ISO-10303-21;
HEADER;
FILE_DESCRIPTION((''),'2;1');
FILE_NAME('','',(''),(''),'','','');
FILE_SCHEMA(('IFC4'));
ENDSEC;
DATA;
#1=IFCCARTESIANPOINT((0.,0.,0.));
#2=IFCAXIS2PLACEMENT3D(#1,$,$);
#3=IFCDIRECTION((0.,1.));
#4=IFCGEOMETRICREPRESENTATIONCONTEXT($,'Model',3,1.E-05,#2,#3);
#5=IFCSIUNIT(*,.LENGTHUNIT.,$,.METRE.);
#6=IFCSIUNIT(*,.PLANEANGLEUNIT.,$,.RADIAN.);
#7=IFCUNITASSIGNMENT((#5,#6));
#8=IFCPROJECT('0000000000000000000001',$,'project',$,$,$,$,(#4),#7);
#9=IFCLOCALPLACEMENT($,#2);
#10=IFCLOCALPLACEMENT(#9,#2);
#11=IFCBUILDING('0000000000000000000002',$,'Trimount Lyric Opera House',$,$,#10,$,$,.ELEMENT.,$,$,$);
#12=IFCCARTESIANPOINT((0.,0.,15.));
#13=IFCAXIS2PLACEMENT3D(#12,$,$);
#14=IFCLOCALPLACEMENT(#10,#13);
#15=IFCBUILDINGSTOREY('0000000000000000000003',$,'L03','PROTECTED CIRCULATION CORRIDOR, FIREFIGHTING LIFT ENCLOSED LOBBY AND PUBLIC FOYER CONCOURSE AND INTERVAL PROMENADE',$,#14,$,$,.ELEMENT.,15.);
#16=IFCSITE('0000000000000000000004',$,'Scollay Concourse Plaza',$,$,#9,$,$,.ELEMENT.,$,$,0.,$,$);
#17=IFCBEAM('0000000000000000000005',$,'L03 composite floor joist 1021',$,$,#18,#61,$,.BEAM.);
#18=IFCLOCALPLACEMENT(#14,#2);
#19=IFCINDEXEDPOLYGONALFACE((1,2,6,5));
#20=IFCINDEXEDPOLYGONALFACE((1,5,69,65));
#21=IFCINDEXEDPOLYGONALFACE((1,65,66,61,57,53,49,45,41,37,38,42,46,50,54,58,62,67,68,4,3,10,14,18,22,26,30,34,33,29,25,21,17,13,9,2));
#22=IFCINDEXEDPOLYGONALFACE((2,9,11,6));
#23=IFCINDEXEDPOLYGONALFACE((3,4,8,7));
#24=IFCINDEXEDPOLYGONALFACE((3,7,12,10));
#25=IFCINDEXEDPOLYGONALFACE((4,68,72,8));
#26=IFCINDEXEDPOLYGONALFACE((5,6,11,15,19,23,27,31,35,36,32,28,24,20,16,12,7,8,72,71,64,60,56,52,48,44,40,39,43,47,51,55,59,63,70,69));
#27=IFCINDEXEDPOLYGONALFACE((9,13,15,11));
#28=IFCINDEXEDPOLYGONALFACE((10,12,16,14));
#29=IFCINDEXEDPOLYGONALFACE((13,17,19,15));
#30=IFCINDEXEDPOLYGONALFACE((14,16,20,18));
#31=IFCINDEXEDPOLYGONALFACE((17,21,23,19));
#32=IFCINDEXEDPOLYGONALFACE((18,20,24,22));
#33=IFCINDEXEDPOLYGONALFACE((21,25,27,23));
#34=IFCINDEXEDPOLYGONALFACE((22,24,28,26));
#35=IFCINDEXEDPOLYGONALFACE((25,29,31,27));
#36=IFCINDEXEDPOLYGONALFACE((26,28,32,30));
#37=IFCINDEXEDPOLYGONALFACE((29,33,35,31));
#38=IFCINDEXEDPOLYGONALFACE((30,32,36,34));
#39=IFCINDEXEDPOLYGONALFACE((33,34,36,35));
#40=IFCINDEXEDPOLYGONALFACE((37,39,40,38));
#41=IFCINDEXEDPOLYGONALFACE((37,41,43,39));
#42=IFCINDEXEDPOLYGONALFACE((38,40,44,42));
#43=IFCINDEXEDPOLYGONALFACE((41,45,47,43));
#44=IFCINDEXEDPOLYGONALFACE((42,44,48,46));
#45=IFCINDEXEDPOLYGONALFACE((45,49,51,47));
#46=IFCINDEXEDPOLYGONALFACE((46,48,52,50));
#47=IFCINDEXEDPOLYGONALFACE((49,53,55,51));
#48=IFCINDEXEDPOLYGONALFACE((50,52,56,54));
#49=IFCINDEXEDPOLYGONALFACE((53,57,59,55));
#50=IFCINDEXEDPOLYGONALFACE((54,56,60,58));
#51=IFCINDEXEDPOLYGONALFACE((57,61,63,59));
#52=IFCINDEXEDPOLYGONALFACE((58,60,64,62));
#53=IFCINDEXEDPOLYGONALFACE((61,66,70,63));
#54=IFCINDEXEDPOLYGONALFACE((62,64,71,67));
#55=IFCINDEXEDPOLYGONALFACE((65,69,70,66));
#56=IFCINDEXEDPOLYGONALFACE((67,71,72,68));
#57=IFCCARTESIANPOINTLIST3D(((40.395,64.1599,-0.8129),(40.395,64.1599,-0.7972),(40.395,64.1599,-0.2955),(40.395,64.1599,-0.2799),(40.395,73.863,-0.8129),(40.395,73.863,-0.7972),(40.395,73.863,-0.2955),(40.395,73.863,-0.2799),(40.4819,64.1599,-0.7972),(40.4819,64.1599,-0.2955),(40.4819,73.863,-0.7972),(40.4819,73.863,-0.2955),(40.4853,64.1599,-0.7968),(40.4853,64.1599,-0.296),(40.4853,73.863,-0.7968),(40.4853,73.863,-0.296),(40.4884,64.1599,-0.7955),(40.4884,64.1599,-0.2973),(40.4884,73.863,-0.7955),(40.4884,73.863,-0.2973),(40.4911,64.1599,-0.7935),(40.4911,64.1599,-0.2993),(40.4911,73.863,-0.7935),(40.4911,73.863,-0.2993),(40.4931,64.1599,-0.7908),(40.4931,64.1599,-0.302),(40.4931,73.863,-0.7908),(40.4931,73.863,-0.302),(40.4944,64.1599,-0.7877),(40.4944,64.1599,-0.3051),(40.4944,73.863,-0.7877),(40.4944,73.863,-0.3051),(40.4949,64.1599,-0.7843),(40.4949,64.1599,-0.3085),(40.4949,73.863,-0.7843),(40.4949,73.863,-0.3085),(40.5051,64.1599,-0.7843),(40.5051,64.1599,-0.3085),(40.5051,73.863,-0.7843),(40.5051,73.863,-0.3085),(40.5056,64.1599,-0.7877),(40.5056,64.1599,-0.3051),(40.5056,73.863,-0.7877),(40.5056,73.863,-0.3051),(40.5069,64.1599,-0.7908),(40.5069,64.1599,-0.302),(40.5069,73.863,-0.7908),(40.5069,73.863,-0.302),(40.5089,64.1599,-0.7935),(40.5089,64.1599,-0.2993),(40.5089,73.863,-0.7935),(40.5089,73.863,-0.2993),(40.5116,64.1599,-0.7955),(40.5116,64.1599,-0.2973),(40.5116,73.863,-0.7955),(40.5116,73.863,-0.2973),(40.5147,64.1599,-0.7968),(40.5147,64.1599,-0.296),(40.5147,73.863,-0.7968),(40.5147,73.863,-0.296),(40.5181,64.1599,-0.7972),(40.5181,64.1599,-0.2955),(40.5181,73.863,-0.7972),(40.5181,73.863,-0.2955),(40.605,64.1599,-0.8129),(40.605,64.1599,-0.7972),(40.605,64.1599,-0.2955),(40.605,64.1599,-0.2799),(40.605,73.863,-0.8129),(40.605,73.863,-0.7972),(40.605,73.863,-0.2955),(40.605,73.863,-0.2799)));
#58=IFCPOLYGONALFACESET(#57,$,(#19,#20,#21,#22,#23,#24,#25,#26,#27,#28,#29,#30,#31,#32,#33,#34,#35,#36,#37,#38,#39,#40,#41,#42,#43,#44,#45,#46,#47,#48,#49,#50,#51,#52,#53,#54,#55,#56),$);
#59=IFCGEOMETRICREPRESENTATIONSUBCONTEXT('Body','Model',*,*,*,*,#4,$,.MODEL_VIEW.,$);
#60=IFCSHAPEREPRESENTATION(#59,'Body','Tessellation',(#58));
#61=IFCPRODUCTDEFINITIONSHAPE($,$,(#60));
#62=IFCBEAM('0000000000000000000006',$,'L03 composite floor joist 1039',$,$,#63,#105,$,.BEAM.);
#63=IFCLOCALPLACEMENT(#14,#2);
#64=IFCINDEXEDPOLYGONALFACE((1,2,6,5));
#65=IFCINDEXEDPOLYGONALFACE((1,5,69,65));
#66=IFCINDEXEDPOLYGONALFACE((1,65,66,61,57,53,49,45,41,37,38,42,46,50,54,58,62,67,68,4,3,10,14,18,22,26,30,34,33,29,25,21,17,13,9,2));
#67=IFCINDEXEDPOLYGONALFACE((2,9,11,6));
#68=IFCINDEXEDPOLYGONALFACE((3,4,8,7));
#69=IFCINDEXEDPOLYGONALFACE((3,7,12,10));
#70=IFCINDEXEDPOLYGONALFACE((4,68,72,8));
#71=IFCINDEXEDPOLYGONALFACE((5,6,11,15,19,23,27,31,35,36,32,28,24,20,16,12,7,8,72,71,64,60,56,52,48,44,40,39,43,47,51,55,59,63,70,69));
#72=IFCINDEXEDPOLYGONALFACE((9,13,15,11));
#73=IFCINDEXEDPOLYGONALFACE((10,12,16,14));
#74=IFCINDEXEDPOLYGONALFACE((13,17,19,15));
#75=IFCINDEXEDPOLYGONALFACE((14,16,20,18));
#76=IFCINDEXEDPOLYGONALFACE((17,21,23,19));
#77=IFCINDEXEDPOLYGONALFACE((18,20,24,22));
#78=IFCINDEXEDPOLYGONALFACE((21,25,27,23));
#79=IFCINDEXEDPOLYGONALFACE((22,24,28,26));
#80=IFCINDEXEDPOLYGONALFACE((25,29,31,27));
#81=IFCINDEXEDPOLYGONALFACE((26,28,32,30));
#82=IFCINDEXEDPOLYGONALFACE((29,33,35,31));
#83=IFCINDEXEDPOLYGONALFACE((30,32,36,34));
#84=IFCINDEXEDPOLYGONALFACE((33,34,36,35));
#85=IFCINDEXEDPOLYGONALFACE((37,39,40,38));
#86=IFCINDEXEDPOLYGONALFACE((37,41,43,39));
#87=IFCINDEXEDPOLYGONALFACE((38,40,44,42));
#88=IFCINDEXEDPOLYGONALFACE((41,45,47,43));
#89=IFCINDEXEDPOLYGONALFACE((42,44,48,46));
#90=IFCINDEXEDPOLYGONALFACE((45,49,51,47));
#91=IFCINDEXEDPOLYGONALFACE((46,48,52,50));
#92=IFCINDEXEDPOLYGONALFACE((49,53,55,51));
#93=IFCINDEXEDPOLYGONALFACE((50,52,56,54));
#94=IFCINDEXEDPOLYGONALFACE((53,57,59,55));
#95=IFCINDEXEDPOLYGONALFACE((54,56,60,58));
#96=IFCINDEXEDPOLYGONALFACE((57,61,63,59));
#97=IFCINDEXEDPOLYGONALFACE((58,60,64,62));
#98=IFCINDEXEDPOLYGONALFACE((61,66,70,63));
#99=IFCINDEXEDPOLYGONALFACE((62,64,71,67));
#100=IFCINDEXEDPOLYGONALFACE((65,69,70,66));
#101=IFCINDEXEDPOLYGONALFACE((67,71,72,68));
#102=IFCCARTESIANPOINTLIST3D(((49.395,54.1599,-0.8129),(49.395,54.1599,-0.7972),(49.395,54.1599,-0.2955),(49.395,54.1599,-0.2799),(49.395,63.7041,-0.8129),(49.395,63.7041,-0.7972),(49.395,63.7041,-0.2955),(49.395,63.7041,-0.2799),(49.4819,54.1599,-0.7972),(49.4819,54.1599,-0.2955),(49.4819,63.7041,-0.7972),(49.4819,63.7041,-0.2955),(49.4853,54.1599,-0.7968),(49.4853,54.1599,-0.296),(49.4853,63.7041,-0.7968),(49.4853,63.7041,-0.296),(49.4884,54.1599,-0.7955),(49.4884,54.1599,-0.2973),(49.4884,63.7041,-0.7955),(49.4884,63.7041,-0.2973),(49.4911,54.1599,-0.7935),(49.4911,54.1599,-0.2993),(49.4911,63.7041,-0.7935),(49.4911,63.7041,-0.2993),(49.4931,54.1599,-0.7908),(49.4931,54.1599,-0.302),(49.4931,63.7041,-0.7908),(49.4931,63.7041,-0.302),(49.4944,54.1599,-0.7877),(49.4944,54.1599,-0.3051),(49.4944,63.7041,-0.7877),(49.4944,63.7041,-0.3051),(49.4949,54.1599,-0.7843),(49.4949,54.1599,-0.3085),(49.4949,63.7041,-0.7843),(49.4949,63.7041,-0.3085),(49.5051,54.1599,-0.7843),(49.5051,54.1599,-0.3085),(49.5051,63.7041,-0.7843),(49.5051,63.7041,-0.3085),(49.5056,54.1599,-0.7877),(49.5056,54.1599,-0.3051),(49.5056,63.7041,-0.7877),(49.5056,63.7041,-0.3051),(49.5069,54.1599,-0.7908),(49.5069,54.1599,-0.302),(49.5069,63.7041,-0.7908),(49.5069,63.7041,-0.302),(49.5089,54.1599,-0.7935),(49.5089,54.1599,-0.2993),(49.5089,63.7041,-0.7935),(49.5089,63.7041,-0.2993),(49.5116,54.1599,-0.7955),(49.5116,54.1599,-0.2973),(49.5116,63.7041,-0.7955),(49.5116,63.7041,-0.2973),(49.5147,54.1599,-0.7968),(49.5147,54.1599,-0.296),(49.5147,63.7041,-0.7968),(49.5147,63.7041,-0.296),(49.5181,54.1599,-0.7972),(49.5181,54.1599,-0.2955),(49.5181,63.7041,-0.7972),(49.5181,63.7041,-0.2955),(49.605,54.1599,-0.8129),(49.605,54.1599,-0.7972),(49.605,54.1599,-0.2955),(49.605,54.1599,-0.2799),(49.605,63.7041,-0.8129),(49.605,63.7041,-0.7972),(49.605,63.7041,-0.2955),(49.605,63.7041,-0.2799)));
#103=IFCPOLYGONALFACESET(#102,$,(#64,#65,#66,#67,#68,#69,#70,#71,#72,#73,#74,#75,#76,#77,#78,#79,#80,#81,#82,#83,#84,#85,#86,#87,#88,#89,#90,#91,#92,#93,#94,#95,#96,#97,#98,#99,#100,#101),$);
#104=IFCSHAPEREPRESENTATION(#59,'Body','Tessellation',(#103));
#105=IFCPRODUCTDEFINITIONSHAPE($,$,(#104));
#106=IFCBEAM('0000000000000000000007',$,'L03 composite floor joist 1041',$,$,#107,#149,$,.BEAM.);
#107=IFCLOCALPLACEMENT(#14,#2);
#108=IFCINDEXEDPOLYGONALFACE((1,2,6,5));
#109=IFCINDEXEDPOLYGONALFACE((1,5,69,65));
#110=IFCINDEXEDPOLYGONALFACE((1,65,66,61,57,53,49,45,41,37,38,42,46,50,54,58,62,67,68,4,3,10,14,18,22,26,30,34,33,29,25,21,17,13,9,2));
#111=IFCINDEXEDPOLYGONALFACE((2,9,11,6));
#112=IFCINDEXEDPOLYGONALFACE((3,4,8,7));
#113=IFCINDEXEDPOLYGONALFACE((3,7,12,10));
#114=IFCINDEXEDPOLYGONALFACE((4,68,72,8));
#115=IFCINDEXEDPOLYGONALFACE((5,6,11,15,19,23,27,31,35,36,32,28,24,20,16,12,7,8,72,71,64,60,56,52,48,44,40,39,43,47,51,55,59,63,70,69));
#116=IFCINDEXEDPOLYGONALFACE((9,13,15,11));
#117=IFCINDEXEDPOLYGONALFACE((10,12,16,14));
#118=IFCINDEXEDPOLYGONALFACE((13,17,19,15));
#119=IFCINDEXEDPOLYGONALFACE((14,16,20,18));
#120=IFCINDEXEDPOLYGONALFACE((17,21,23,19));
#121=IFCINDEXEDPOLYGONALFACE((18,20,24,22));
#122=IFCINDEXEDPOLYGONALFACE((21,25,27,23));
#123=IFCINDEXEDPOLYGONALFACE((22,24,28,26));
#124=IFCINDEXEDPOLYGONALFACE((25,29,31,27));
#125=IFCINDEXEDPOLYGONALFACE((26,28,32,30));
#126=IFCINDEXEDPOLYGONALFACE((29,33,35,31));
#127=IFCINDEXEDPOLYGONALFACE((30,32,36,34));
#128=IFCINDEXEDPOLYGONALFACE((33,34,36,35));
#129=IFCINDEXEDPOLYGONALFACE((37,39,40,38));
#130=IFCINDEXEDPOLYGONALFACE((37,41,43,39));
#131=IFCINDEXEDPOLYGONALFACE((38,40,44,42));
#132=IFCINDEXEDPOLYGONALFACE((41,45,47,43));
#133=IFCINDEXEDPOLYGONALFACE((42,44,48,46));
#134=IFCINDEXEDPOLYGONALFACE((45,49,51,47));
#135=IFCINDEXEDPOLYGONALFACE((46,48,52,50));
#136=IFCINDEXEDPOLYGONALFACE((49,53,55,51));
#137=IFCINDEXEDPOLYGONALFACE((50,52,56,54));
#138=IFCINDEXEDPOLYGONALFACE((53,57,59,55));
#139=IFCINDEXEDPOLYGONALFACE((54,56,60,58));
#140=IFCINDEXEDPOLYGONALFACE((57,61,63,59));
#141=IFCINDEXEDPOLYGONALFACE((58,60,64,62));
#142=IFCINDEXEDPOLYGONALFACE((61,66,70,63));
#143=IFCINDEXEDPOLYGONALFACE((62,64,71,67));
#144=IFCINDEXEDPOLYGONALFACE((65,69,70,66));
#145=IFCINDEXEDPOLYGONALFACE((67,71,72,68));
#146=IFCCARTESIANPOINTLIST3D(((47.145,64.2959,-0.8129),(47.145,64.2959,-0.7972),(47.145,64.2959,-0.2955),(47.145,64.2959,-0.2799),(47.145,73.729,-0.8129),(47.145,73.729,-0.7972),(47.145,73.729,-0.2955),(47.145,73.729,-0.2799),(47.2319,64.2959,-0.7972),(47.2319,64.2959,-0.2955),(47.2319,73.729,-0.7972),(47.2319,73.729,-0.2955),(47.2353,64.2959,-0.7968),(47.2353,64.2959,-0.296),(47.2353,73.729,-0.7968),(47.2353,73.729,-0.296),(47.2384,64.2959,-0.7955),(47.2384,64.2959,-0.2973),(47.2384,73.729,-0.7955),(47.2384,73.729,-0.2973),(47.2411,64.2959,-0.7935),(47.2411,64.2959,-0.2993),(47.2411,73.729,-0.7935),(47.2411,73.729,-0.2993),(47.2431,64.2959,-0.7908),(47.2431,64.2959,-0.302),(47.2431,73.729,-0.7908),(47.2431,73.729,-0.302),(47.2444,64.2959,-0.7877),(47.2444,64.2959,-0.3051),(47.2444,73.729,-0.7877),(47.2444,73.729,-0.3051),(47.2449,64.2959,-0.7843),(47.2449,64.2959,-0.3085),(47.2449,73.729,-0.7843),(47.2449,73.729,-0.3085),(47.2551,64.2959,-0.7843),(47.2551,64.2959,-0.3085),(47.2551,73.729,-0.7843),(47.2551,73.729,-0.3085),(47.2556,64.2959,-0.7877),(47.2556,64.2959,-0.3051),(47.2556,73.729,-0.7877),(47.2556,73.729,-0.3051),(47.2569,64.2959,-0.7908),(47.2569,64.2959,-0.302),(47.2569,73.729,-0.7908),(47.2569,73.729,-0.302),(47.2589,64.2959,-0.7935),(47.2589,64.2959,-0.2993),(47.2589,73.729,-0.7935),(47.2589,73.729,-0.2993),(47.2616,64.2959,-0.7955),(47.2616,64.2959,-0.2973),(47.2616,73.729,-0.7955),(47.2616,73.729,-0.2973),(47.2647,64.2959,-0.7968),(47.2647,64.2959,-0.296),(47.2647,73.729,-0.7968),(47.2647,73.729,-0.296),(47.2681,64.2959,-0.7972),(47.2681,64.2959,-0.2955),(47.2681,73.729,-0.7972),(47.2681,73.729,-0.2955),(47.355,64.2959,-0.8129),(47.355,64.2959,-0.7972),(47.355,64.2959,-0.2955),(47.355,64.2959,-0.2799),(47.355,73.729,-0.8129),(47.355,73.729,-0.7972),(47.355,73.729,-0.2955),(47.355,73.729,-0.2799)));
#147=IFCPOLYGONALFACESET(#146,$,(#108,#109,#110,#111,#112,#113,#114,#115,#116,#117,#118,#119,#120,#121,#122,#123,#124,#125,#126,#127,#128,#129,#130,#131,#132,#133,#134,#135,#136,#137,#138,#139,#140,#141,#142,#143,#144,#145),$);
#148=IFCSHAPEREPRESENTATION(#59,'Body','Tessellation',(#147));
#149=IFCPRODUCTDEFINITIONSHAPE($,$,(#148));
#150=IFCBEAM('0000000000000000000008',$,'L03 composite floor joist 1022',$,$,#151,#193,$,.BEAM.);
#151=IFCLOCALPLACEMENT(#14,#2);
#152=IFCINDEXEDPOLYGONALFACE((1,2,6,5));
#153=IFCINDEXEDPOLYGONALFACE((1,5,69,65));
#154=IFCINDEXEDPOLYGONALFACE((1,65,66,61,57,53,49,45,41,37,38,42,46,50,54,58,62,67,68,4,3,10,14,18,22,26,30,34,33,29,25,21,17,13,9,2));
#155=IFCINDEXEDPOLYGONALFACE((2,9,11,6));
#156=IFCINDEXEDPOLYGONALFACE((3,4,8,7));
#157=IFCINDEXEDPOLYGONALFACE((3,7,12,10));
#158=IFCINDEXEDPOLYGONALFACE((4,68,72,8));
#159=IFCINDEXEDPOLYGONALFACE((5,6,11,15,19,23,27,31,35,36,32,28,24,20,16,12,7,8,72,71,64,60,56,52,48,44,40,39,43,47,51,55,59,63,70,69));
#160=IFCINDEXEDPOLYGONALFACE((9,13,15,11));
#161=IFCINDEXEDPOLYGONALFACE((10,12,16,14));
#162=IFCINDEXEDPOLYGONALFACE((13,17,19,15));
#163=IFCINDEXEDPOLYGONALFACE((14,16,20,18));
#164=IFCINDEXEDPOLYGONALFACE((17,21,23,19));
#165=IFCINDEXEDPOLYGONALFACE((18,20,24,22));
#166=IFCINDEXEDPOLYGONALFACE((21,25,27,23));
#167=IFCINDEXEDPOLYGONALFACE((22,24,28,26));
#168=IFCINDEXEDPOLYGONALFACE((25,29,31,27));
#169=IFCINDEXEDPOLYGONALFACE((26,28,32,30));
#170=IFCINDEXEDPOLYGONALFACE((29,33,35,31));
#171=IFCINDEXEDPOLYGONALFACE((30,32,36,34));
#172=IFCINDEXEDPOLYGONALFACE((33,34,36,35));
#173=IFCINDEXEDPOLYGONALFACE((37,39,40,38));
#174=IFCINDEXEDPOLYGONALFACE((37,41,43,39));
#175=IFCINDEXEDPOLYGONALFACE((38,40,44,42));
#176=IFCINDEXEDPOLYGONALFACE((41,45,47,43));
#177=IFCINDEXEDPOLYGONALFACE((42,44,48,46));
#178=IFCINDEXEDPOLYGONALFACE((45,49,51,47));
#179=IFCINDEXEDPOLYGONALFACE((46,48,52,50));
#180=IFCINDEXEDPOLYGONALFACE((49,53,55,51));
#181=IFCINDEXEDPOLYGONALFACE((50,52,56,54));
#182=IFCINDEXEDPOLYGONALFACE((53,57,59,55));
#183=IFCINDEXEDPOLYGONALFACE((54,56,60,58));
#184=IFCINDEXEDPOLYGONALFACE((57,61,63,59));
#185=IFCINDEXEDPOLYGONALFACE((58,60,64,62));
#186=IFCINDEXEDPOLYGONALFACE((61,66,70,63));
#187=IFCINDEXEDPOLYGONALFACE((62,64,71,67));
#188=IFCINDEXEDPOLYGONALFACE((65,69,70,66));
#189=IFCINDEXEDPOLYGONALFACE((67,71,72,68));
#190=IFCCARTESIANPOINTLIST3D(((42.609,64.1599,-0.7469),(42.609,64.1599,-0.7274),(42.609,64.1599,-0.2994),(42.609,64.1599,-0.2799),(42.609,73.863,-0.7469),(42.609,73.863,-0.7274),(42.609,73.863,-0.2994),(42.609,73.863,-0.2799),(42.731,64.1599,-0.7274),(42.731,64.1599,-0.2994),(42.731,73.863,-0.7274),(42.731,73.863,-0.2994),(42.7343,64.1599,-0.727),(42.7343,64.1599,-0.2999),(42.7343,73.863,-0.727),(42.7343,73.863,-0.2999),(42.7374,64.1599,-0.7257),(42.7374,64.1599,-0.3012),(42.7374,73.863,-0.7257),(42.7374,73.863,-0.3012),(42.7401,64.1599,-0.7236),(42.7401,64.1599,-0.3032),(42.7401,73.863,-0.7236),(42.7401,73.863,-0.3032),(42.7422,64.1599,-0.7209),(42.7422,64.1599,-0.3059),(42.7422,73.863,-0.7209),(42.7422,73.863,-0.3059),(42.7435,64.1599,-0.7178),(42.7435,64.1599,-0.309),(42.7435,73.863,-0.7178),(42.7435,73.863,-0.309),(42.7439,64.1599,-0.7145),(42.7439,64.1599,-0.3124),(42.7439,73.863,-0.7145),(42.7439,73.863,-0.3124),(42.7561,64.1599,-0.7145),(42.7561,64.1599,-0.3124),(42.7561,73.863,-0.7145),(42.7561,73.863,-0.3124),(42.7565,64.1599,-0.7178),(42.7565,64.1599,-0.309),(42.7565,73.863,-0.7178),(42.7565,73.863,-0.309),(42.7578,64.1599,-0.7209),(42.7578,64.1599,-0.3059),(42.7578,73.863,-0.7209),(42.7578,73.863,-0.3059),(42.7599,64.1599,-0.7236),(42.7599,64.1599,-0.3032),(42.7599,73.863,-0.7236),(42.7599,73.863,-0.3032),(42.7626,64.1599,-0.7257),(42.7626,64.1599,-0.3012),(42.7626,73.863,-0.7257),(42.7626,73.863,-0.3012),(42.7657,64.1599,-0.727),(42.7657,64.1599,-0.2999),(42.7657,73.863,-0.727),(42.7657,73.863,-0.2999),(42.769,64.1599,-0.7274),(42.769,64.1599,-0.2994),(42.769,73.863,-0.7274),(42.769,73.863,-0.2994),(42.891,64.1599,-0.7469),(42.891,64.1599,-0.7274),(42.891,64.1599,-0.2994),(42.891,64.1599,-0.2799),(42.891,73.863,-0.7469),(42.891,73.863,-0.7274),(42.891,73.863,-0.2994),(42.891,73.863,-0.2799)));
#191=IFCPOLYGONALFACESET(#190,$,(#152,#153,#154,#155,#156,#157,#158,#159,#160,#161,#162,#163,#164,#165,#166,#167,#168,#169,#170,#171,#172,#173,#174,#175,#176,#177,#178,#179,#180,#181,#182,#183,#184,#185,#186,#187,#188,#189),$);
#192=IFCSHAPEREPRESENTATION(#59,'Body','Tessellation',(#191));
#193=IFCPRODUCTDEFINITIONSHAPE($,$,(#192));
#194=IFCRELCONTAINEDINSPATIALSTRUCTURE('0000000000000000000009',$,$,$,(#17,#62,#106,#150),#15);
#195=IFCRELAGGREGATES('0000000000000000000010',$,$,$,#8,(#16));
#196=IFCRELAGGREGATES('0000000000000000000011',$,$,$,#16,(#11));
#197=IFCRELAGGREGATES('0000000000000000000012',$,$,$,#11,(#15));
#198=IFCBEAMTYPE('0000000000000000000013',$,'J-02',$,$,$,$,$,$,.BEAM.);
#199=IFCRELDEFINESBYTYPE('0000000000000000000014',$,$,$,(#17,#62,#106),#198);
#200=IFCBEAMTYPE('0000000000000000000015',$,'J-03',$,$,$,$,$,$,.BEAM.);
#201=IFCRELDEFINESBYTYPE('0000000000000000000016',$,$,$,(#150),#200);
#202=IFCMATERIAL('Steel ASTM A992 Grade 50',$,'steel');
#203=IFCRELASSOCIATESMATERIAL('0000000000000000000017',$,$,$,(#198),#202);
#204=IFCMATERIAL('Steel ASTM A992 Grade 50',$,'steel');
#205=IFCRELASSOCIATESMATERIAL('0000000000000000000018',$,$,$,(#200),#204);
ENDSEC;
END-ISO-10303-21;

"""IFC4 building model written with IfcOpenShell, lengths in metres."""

from ifc_helpers import new_model, si_unit, direction, frame, origin, origin_2d, place, context, subcontext, project, spatial, i_section, extrude, material, material_profile, profile_set, type_object, element, save


model = new_model("IFC4")

# Units and contexts
model_context = context("Model", 3, precision=1e-05, world=origin(), true_north=direction((0.0, 1.0)))
body_context = subcontext(model_context, "Body", "Model", "MODEL_VIEW")
ifc_project = project(units=[si_unit("LENGTHUNIT", "METRE"), si_unit("PLANEANGLEUNIT", "RADIAN")], contexts=[model_context])

# Site, building, storey
site_placement = place(None, origin())
site = spatial("IfcSite", under=ifc_project, at=site_placement, Name="Scollay Concourse Plaza", CompositionType="ELEMENT", RefElevation=0.0)
building_placement = place(site_placement, origin())
building = spatial("IfcBuilding", under=site, at=building_placement, Name="Trimount Lyric Opera House", CompositionType="ELEMENT")
storey_placement = place(building_placement, frame((0.0, 0.0, 15.0)))
storey = spatial("IfcBuildingStorey", under=building, at=storey_placement, Name="L03", Description="PROTECTED CIRCULATION CORRIDOR, FIREFIGHTING LIFT ENCLOSED LOBBY AND PUBLIC FOYER CONCOURSE AND INTERVAL PROMENADE", CompositionType="ELEMENT", Elevation=15.0)

# Beams
ifc_material_1 = material(Name="Steel ASTM A992 Grade 50", Category="steel")
ifc_material_profile_1 = material_profile(ifc_material_1, i_section(OverallWidth=0.21, OverallDepth=0.533, WebThickness=0.0103, FlangeThickness=0.0156, FilletRadius=0.0129, at=origin_2d()), Name="W21X62")
ifc_profile_set_1 = profile_set([ifc_material_profile_1], Name="Steel ASTM A992 Grade 50")
beam_type_1 = type_object("IfcBeamType", Name="J-02", PredefinedType="BEAM", material=ifc_profile_set_1)
beam_1_placement = place(storey_placement, frame((40.5, 64.1599, -0.5464), z_axis=(0.0, 1.0, 0.0), x_axis=(-1.0, 0.0, 0.0)))
element("IfcBeam", 1, at=beam_1_placement, inside=storey, type_object=beam_type_1, Name="L03 composite floor joist 1021", PredefinedType="BEAM", context=body_context, shape_type="SweptSolid", body=[
    extrude(i_section(OverallWidth=0.21, OverallDepth=0.533, WebThickness=0.0103, FlangeThickness=0.0156, FilletRadius=0.0129, at=origin_2d()), origin(), (0.0, 0.0, 1.0), 9.7031),
])
beam_2_placement = place(storey_placement, frame((49.5, 54.1599, -0.5464), z_axis=(0.0, 1.0, 0.0), x_axis=(-1.0, 0.0, 0.0)))
element("IfcBeam", 2, at=beam_2_placement, inside=storey, type_object=beam_type_1, Name="L03 composite floor joist 1039", PredefinedType="BEAM", context=body_context, shape_type="SweptSolid", body=[
    extrude(i_section(OverallWidth=0.21, OverallDepth=0.533, WebThickness=0.0103, FlangeThickness=0.0156, FilletRadius=0.0129, at=origin_2d()), origin(), (0.0, 0.0, 1.0), 9.5442),
])
beam_3_placement = place(storey_placement, frame((47.25, 64.2959, -0.5464), z_axis=(0.0, 1.0, 0.0), x_axis=(-1.0, 0.0, 0.0)))
element("IfcBeam", 3, at=beam_3_placement, inside=storey, type_object=beam_type_1, Name="L03 composite floor joist 1041", PredefinedType="BEAM", context=body_context, shape_type="SweptSolid", body=[
    extrude(i_section(OverallWidth=0.21, OverallDepth=0.533, WebThickness=0.0103, FlangeThickness=0.0156, FilletRadius=0.0129, at=origin_2d()), origin(), (0.0, 0.0, 1.0), 9.4331),
])
ifc_material_2 = material(Name="Steel ASTM A992 Grade 50", Category="steel")
ifc_material_profile_2 = material_profile(ifc_material_2, i_section(OverallWidth=0.282, OverallDepth=0.467, WebThickness=0.0122, FlangeThickness=0.0195, FilletRadius=0.0129, at=origin_2d()), Name="W18X86")
ifc_profile_set_2 = profile_set([ifc_material_profile_2], Name="Steel ASTM A992 Grade 50")
beam_type_2 = type_object("IfcBeamType", Name="J-03", PredefinedType="BEAM", material=ifc_profile_set_2)
beam_4_placement = place(storey_placement, frame((42.75, 64.1599, -0.5134), z_axis=(0.0, 1.0, 0.0), x_axis=(-1.0, 0.0, 0.0)))
element("IfcBeam", 4, at=beam_4_placement, inside=storey, type_object=beam_type_2, Name="L03 composite floor joist 1022", PredefinedType="BEAM", context=body_context, shape_type="SweptSolid", body=[
    extrude(i_section(OverallWidth=0.282, OverallDepth=0.467, WebThickness=0.0122, FlangeThickness=0.0195, FilletRadius=0.0129, at=origin_2d()), origin(), (0.0, 0.0, 1.0), 9.7031),
])

save(model, "model.ifc")
